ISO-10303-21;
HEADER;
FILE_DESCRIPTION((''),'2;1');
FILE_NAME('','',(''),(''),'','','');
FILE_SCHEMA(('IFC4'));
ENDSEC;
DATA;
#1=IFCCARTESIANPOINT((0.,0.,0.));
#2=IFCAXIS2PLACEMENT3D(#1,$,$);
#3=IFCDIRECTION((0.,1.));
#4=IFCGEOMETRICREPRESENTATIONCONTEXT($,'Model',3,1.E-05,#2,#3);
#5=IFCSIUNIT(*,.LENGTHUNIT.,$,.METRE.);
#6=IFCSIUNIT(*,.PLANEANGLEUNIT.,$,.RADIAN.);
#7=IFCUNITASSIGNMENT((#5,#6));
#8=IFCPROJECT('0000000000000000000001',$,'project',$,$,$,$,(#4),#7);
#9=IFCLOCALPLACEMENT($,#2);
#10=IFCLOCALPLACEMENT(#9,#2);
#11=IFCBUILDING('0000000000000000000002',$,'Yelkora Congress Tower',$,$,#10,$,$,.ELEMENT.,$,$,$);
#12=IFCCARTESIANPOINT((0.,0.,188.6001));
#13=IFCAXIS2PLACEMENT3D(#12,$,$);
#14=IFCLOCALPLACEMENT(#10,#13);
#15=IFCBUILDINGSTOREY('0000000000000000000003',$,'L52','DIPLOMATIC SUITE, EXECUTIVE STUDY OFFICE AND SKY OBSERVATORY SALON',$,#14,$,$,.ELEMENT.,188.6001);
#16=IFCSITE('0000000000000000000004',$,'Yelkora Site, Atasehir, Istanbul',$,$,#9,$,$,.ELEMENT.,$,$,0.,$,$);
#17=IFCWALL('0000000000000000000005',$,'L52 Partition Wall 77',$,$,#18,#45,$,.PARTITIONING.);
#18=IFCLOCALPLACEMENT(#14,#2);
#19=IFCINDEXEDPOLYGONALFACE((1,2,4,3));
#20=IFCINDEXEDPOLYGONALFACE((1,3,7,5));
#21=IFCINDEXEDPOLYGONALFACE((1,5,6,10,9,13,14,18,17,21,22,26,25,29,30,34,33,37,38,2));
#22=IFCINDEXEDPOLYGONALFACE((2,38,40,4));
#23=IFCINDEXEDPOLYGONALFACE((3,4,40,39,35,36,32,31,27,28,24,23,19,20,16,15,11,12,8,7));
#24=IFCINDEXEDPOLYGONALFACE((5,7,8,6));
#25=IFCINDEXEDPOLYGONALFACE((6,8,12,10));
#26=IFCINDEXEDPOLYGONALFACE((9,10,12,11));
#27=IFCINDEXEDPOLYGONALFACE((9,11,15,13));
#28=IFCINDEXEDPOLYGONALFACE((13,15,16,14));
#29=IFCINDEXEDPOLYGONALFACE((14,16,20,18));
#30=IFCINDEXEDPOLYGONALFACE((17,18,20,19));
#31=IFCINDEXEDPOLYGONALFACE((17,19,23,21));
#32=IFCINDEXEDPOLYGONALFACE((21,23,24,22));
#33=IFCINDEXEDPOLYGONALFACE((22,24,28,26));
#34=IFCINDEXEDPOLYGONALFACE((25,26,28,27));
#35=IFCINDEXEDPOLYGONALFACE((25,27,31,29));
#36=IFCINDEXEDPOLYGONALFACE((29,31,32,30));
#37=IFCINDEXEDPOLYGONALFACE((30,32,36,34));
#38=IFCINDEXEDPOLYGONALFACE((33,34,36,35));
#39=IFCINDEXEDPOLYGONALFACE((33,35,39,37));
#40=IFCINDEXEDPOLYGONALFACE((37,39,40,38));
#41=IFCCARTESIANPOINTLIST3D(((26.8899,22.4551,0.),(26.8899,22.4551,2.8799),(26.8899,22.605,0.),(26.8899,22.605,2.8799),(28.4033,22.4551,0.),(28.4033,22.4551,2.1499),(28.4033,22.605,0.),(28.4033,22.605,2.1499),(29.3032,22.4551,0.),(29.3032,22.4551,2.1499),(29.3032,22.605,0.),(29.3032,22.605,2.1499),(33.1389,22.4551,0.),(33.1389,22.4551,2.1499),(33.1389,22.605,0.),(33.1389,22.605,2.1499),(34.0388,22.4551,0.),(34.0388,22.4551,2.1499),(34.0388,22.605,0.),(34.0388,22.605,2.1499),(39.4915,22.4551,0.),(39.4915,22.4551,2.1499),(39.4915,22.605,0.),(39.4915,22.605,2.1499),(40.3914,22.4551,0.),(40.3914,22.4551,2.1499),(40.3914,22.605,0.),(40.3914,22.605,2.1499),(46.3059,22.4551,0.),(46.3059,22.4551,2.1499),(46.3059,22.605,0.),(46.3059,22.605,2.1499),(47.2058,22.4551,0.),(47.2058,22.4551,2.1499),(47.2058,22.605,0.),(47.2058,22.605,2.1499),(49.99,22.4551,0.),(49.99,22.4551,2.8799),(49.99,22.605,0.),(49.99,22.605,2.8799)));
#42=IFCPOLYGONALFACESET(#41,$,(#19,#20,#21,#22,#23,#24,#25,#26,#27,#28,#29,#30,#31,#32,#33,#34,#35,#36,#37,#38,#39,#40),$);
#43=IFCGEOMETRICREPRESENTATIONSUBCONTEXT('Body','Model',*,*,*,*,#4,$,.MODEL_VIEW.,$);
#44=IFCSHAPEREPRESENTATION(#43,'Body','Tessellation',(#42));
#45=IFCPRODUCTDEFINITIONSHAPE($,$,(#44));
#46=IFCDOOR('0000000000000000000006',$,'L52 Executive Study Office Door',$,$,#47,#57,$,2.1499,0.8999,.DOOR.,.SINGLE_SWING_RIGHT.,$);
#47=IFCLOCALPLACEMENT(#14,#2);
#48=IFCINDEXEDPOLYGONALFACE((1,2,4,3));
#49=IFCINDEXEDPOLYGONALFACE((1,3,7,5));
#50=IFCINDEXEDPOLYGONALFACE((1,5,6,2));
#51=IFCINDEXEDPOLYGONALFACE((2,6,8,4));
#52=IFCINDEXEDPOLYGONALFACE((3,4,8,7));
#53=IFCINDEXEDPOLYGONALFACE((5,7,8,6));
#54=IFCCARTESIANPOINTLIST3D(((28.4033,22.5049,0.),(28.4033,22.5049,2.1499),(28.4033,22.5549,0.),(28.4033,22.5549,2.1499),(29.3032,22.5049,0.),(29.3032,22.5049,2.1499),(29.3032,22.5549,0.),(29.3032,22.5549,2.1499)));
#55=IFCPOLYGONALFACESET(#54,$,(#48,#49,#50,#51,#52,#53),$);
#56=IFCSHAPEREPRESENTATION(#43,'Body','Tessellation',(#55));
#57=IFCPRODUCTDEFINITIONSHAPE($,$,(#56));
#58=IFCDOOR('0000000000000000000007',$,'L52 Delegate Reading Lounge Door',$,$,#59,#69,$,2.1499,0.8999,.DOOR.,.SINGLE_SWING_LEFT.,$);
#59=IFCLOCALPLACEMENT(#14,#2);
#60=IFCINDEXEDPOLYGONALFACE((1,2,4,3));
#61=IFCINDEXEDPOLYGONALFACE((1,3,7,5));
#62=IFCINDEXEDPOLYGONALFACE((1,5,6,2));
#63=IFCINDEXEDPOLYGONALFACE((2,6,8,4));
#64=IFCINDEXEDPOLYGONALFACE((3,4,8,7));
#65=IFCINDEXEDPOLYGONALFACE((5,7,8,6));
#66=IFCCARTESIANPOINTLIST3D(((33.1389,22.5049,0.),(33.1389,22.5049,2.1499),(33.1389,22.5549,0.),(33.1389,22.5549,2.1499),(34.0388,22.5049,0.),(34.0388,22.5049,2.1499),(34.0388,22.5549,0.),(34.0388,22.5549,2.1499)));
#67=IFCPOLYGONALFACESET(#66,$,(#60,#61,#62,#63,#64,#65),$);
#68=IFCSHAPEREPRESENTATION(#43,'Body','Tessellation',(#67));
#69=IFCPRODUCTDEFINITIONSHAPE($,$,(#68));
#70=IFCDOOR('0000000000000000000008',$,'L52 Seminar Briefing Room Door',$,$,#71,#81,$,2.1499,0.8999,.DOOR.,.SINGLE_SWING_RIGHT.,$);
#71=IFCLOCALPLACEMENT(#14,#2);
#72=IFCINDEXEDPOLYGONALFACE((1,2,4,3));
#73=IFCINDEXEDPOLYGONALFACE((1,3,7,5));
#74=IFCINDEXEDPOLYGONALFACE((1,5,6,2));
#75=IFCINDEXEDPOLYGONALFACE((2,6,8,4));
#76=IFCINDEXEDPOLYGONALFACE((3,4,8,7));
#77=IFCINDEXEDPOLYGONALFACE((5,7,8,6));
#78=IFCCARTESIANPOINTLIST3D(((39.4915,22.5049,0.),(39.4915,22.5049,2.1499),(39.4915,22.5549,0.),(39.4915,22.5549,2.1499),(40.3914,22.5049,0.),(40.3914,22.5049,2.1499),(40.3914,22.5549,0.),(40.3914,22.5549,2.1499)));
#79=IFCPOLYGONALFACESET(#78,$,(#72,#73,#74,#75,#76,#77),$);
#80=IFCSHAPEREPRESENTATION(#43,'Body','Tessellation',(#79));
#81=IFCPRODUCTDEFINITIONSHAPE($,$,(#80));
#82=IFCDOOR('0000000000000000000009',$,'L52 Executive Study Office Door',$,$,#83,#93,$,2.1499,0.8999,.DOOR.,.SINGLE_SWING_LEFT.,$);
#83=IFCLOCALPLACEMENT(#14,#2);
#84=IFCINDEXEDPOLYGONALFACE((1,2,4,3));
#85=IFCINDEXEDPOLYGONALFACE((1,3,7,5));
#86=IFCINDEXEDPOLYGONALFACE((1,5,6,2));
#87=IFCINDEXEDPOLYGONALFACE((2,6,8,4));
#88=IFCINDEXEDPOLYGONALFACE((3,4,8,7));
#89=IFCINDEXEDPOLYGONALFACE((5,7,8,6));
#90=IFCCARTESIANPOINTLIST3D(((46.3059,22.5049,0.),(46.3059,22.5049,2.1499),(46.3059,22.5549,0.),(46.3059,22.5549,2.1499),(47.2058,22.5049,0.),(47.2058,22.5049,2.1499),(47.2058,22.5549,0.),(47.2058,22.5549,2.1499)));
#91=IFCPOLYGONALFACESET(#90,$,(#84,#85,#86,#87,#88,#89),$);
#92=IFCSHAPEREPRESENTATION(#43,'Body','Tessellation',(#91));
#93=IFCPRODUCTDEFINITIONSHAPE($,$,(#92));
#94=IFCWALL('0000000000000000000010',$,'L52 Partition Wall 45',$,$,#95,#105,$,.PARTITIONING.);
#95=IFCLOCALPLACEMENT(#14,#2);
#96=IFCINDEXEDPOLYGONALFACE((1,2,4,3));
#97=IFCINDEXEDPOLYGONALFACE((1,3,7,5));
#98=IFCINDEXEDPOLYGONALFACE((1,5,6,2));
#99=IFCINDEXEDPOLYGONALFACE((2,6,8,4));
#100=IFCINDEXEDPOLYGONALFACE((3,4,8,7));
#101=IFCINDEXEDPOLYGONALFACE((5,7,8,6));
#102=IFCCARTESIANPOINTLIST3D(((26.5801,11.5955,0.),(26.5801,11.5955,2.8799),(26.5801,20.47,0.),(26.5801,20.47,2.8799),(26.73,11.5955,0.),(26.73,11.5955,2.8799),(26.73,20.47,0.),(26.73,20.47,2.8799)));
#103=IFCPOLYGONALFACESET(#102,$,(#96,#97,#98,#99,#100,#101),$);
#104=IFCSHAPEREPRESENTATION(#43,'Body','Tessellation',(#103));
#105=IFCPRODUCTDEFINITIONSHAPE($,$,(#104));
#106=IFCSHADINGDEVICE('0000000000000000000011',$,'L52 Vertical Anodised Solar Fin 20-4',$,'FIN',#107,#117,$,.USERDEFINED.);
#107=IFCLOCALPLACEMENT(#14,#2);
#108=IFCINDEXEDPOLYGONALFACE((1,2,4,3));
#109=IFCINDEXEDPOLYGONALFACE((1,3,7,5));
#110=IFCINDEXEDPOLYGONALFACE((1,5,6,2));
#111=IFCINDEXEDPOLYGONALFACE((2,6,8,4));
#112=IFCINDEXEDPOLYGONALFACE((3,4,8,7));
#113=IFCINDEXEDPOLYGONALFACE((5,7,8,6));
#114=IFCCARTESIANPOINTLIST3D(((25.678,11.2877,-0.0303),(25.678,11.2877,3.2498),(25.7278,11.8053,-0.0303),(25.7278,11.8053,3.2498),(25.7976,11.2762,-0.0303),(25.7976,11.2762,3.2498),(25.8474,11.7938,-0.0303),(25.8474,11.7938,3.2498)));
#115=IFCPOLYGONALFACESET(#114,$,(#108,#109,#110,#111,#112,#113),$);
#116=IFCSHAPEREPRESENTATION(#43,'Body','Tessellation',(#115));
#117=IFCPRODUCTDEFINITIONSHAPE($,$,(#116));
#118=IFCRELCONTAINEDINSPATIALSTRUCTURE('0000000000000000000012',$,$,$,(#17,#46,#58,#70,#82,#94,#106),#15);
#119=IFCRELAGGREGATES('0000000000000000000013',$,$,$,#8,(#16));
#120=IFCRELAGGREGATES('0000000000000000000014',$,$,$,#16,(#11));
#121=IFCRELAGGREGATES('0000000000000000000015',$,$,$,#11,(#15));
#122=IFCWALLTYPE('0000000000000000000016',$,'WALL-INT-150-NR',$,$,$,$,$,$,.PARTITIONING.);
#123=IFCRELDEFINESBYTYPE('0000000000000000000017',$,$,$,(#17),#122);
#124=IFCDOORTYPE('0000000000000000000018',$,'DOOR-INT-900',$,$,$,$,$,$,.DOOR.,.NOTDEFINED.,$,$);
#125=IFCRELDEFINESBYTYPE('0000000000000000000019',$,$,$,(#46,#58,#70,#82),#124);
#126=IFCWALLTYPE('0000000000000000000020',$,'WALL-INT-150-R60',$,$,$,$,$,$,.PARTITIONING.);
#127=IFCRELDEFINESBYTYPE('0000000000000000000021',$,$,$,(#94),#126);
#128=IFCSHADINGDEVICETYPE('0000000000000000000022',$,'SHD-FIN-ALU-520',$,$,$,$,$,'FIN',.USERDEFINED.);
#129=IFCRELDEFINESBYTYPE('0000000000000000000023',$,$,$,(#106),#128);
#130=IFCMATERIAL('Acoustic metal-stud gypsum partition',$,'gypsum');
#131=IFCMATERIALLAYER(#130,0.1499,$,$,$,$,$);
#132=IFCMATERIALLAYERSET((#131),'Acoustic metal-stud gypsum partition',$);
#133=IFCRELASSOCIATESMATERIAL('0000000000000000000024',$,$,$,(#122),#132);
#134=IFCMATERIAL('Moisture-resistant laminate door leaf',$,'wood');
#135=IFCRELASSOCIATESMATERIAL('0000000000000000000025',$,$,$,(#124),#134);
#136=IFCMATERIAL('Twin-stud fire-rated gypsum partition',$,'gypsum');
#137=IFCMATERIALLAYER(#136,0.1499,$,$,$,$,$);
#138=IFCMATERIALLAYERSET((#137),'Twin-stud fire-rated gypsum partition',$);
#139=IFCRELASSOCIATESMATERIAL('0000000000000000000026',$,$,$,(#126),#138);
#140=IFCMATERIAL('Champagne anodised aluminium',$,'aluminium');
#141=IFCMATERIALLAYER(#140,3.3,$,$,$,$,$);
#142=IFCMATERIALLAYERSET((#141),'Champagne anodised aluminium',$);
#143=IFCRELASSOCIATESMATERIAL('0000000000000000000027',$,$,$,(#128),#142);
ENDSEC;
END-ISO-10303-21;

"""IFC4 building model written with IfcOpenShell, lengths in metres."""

from ifc_helpers import new_model, si_unit, direction, frame, frame_2d, origin, origin_2d, place, context, subcontext, project, spatial, rectangle, extrude, material, layer, layer_set, type_object, element, fill, save


model = new_model("IFC4")

# Units and contexts
model_context = context("Model", 3, precision=1e-05, world=origin(), true_north=direction((0.0, 1.0)))
body_context = subcontext(model_context, "Body", "Model", "MODEL_VIEW")
ifc_project = project(units=[si_unit("LENGTHUNIT", "METRE"), si_unit("PLANEANGLEUNIT", "RADIAN")], contexts=[model_context])

# Site, building, storey
site_placement = place(None, origin())
site = spatial("IfcSite", under=ifc_project, at=site_placement, Name="Yelkora Site, Atasehir, Istanbul", CompositionType="ELEMENT", RefElevation=0.0)
building_placement = place(site_placement, origin())
building = spatial("IfcBuilding", under=site, at=building_placement, Name="Yelkora Congress Tower", CompositionType="ELEMENT")
storey_placement = place(building_placement, frame((0.0, 0.0, 188.6001)))
storey = spatial("IfcBuildingStorey", under=building, at=storey_placement, Name="L52", Description="DIPLOMATIC SUITE, EXECUTIVE STUDY OFFICE AND SKY OBSERVATORY SALON", CompositionType="ELEMENT", Elevation=188.6001)

# Shared definitions
ifc_material_1 = material(Name="Acoustic metal-stud gypsum partition", Category="gypsum")
ifc_layer_1 = layer(ifc_material_1, 0.1499)
ifc_layer_set_1 = layer_set([ifc_layer_1], Name="Acoustic metal-stud gypsum partition")
wall_type_1 = type_object("IfcWallType", Name="WALL-INT-150-NR", PredefinedType="PARTITIONING", material=ifc_layer_set_1)

# Wall, openings, doors
wall_1_placement = place(storey_placement, frame((26.8899, 22.53, 0.0), z_axis=(0.0, 0.0, 1.0), x_axis=(1.0, 0.0, 0.0)))
wall_1 = element("IfcWall", 1, at=wall_1_placement, inside=storey, type_object=wall_type_1, Name="L52 Partition Wall 77", PredefinedType="PARTITIONING", context=body_context, shape_type="SweptSolid", body=[
    extrude(rectangle(XDim=23.1001, YDim=0.1499, at=frame_2d((11.55, 0.0))), origin(), (0.0, 0.0, 1.0), 2.8799),
])
opening_1_placement = place(wall_1_placement, frame((1.5134, 0.0, 0.0)))
opening_1 = element("IfcOpeningElement", 2, at=opening_1_placement, cuts=wall_1, PredefinedType="OPENING", context=body_context, shape_type="SweptSolid", body=[
    extrude(rectangle(XDim=0.8999, YDim=2.1499, at=frame_2d((0.45, 1.075))), frame((0.0, 0.085, 0.0), z_axis=(0.0, -1.0, 0.0), x_axis=(1.0, 0.0, 0.0)), (0.0, 0.0, 1.0), 0.1699),
])
opening_2_placement = place(wall_1_placement, frame((6.249, 0.0, 0.0)))
opening_2 = element("IfcOpeningElement", 3, at=opening_2_placement, cuts=wall_1, PredefinedType="OPENING", context=body_context, shape_type="SweptSolid", body=[
    extrude(rectangle(XDim=0.8999, YDim=2.1499, at=frame_2d((0.45, 1.075))), frame((0.0, 0.085, 0.0), z_axis=(0.0, -1.0, 0.0), x_axis=(1.0, 0.0, 0.0)), (0.0, 0.0, 1.0), 0.1699),
])
opening_3_placement = place(wall_1_placement, frame((12.6016, 0.0, 0.0)))
opening_3 = element("IfcOpeningElement", 4, at=opening_3_placement, cuts=wall_1, PredefinedType="OPENING", context=body_context, shape_type="SweptSolid", body=[
    extrude(rectangle(XDim=0.8999, YDim=2.1499, at=frame_2d((0.45, 1.075))), frame((0.0, 0.085, 0.0), z_axis=(0.0, -1.0, 0.0), x_axis=(1.0, 0.0, 0.0)), (0.0, 0.0, 1.0), 0.1699),
])
opening_4_placement = place(wall_1_placement, frame((19.416, 0.0, 0.0)))
opening_4 = element("IfcOpeningElement", 5, at=opening_4_placement, cuts=wall_1, PredefinedType="OPENING", context=body_context, shape_type="SweptSolid", body=[
    extrude(rectangle(XDim=0.8999, YDim=2.1499, at=frame_2d((0.45, 1.075))), frame((0.0, 0.085, 0.0), z_axis=(0.0, -1.0, 0.0), x_axis=(1.0, 0.0, 0.0)), (0.0, 0.0, 1.0), 0.1699),
])
ifc_material_2 = material(Name="Moisture-resistant laminate door leaf", Category="wood")
door_type_1 = type_object("IfcDoorType", Name="DOOR-INT-900", OperationType="NOTDEFINED", PredefinedType="DOOR", material=ifc_material_2)
door_1_placement = place(opening_1_placement, origin())
door_1 = element("IfcDoor", 6, at=door_1_placement, inside=storey, type_object=door_type_1, Name="L52 Executive Study Office Door", OperationType="SINGLE_SWING_RIGHT", OverallHeight=2.1499, OverallWidth=0.8999, PredefinedType="DOOR", context=body_context, shape_type="SweptSolid", body=[
    extrude(rectangle(XDim=0.8999, YDim=2.1499, at=frame_2d((0.45, 1.075))), frame((0.0, 0.0249, 0.0), z_axis=(0.0, -1.0, 0.0), x_axis=(1.0, 0.0, 0.0)), (0.0, 0.0, 1.0), 0.05),
])
fill(opening_1, door_1)
door_2_placement = place(opening_2_placement, origin())
door_2 = element("IfcDoor", 7, at=door_2_placement, inside=storey, type_object=door_type_1, Name="L52 Delegate Reading Lounge Door", OperationType="SINGLE_SWING_LEFT", OverallHeight=2.1499, OverallWidth=0.8999, PredefinedType="DOOR", context=body_context, shape_type="SweptSolid", body=[
    extrude(rectangle(XDim=0.8999, YDim=2.1499, at=frame_2d((0.45, 1.075))), frame((0.0, 0.0249, 0.0), z_axis=(0.0, -1.0, 0.0), x_axis=(1.0, 0.0, 0.0)), (0.0, 0.0, 1.0), 0.05),
])
fill(opening_2, door_2)
door_3_placement = place(opening_3_placement, origin())
door_3 = element("IfcDoor", 8, at=door_3_placement, inside=storey, type_object=door_type_1, Name="L52 Seminar Briefing Room Door", OperationType="SINGLE_SWING_RIGHT", OverallHeight=2.1499, OverallWidth=0.8999, PredefinedType="DOOR", context=body_context, shape_type="SweptSolid", body=[
    extrude(rectangle(XDim=0.8999, YDim=2.1499, at=frame_2d((0.45, 1.075))), frame((0.0, 0.0249, 0.0), z_axis=(0.0, -1.0, 0.0), x_axis=(1.0, 0.0, 0.0)), (0.0, 0.0, 1.0), 0.05),
])
fill(opening_3, door_3)
door_4_placement = place(opening_4_placement, origin())
door_4 = element("IfcDoor", 9, at=door_4_placement, inside=storey, type_object=door_type_1, Name="L52 Executive Study Office Door", OperationType="SINGLE_SWING_LEFT", OverallHeight=2.1499, OverallWidth=0.8999, PredefinedType="DOOR", context=body_context, shape_type="SweptSolid", body=[
    extrude(rectangle(XDim=0.8999, YDim=2.1499, at=frame_2d((0.45, 1.075))), frame((0.0, 0.0249, 0.0), z_axis=(0.0, -1.0, 0.0), x_axis=(1.0, 0.0, 0.0)), (0.0, 0.0, 1.0), 0.05),
])
fill(opening_4, door_4)

# Wall
ifc_material_3 = material(Name="Twin-stud fire-rated gypsum partition", Category="gypsum")
ifc_layer_2 = layer(ifc_material_3, 0.1499)
ifc_layer_set_2 = layer_set([ifc_layer_2], Name="Twin-stud fire-rated gypsum partition")
wall_type_2 = type_object("IfcWallType", Name="WALL-INT-150-R60", PredefinedType="PARTITIONING", material=ifc_layer_set_2)
wall_2_placement = place(storey_placement, frame((26.655, 11.5955, 0.0), z_axis=(0.0, 0.0, 1.0), x_axis=(0.0, 1.0, 0.0)))
element("IfcWall", 10, at=wall_2_placement, inside=storey, type_object=wall_type_2, Name="L52 Partition Wall 45", PredefinedType="PARTITIONING", context=body_context, shape_type="SweptSolid", body=[
    extrude(rectangle(XDim=8.8745, YDim=0.1499, at=frame_2d((4.4373, 0.0))), origin(), (0.0, 0.0, 1.0), 2.8799),
])

# Shading device
ifc_material_4 = material(Name="Champagne anodised aluminium", Category="aluminium")
ifc_layer_3 = layer(ifc_material_4, 3.3)
ifc_layer_set_3 = layer_set([ifc_layer_3], Name="Champagne anodised aluminium")
shading_device_type = type_object("IfcShadingDeviceType", Name="SHD-FIN-ALU-520", ElementType="FIN", PredefinedType="USERDEFINED", material=ifc_layer_set_3)
shading_device_placement = place(storey_placement, frame((25.7627, 11.5408, -0.0303), z_axis=(0.0, 0.0, 1.0), x_axis=(-0.995396, 0.095846, 0.0)))
element("IfcShadingDevice", 11, at=shading_device_placement, inside=storey, type_object=shading_device_type, Name="L52 Vertical Anodised Solar Fin 20-4", ObjectType="FIN", PredefinedType="USERDEFINED", context=body_context, shape_type="SweptSolid", body=[
    extrude(rectangle(XDim=0.1201, YDim=0.52, at=origin_2d()), origin(), (0.0, 0.0, 1.0), 3.28),
])

save(model, "model.ifc")
